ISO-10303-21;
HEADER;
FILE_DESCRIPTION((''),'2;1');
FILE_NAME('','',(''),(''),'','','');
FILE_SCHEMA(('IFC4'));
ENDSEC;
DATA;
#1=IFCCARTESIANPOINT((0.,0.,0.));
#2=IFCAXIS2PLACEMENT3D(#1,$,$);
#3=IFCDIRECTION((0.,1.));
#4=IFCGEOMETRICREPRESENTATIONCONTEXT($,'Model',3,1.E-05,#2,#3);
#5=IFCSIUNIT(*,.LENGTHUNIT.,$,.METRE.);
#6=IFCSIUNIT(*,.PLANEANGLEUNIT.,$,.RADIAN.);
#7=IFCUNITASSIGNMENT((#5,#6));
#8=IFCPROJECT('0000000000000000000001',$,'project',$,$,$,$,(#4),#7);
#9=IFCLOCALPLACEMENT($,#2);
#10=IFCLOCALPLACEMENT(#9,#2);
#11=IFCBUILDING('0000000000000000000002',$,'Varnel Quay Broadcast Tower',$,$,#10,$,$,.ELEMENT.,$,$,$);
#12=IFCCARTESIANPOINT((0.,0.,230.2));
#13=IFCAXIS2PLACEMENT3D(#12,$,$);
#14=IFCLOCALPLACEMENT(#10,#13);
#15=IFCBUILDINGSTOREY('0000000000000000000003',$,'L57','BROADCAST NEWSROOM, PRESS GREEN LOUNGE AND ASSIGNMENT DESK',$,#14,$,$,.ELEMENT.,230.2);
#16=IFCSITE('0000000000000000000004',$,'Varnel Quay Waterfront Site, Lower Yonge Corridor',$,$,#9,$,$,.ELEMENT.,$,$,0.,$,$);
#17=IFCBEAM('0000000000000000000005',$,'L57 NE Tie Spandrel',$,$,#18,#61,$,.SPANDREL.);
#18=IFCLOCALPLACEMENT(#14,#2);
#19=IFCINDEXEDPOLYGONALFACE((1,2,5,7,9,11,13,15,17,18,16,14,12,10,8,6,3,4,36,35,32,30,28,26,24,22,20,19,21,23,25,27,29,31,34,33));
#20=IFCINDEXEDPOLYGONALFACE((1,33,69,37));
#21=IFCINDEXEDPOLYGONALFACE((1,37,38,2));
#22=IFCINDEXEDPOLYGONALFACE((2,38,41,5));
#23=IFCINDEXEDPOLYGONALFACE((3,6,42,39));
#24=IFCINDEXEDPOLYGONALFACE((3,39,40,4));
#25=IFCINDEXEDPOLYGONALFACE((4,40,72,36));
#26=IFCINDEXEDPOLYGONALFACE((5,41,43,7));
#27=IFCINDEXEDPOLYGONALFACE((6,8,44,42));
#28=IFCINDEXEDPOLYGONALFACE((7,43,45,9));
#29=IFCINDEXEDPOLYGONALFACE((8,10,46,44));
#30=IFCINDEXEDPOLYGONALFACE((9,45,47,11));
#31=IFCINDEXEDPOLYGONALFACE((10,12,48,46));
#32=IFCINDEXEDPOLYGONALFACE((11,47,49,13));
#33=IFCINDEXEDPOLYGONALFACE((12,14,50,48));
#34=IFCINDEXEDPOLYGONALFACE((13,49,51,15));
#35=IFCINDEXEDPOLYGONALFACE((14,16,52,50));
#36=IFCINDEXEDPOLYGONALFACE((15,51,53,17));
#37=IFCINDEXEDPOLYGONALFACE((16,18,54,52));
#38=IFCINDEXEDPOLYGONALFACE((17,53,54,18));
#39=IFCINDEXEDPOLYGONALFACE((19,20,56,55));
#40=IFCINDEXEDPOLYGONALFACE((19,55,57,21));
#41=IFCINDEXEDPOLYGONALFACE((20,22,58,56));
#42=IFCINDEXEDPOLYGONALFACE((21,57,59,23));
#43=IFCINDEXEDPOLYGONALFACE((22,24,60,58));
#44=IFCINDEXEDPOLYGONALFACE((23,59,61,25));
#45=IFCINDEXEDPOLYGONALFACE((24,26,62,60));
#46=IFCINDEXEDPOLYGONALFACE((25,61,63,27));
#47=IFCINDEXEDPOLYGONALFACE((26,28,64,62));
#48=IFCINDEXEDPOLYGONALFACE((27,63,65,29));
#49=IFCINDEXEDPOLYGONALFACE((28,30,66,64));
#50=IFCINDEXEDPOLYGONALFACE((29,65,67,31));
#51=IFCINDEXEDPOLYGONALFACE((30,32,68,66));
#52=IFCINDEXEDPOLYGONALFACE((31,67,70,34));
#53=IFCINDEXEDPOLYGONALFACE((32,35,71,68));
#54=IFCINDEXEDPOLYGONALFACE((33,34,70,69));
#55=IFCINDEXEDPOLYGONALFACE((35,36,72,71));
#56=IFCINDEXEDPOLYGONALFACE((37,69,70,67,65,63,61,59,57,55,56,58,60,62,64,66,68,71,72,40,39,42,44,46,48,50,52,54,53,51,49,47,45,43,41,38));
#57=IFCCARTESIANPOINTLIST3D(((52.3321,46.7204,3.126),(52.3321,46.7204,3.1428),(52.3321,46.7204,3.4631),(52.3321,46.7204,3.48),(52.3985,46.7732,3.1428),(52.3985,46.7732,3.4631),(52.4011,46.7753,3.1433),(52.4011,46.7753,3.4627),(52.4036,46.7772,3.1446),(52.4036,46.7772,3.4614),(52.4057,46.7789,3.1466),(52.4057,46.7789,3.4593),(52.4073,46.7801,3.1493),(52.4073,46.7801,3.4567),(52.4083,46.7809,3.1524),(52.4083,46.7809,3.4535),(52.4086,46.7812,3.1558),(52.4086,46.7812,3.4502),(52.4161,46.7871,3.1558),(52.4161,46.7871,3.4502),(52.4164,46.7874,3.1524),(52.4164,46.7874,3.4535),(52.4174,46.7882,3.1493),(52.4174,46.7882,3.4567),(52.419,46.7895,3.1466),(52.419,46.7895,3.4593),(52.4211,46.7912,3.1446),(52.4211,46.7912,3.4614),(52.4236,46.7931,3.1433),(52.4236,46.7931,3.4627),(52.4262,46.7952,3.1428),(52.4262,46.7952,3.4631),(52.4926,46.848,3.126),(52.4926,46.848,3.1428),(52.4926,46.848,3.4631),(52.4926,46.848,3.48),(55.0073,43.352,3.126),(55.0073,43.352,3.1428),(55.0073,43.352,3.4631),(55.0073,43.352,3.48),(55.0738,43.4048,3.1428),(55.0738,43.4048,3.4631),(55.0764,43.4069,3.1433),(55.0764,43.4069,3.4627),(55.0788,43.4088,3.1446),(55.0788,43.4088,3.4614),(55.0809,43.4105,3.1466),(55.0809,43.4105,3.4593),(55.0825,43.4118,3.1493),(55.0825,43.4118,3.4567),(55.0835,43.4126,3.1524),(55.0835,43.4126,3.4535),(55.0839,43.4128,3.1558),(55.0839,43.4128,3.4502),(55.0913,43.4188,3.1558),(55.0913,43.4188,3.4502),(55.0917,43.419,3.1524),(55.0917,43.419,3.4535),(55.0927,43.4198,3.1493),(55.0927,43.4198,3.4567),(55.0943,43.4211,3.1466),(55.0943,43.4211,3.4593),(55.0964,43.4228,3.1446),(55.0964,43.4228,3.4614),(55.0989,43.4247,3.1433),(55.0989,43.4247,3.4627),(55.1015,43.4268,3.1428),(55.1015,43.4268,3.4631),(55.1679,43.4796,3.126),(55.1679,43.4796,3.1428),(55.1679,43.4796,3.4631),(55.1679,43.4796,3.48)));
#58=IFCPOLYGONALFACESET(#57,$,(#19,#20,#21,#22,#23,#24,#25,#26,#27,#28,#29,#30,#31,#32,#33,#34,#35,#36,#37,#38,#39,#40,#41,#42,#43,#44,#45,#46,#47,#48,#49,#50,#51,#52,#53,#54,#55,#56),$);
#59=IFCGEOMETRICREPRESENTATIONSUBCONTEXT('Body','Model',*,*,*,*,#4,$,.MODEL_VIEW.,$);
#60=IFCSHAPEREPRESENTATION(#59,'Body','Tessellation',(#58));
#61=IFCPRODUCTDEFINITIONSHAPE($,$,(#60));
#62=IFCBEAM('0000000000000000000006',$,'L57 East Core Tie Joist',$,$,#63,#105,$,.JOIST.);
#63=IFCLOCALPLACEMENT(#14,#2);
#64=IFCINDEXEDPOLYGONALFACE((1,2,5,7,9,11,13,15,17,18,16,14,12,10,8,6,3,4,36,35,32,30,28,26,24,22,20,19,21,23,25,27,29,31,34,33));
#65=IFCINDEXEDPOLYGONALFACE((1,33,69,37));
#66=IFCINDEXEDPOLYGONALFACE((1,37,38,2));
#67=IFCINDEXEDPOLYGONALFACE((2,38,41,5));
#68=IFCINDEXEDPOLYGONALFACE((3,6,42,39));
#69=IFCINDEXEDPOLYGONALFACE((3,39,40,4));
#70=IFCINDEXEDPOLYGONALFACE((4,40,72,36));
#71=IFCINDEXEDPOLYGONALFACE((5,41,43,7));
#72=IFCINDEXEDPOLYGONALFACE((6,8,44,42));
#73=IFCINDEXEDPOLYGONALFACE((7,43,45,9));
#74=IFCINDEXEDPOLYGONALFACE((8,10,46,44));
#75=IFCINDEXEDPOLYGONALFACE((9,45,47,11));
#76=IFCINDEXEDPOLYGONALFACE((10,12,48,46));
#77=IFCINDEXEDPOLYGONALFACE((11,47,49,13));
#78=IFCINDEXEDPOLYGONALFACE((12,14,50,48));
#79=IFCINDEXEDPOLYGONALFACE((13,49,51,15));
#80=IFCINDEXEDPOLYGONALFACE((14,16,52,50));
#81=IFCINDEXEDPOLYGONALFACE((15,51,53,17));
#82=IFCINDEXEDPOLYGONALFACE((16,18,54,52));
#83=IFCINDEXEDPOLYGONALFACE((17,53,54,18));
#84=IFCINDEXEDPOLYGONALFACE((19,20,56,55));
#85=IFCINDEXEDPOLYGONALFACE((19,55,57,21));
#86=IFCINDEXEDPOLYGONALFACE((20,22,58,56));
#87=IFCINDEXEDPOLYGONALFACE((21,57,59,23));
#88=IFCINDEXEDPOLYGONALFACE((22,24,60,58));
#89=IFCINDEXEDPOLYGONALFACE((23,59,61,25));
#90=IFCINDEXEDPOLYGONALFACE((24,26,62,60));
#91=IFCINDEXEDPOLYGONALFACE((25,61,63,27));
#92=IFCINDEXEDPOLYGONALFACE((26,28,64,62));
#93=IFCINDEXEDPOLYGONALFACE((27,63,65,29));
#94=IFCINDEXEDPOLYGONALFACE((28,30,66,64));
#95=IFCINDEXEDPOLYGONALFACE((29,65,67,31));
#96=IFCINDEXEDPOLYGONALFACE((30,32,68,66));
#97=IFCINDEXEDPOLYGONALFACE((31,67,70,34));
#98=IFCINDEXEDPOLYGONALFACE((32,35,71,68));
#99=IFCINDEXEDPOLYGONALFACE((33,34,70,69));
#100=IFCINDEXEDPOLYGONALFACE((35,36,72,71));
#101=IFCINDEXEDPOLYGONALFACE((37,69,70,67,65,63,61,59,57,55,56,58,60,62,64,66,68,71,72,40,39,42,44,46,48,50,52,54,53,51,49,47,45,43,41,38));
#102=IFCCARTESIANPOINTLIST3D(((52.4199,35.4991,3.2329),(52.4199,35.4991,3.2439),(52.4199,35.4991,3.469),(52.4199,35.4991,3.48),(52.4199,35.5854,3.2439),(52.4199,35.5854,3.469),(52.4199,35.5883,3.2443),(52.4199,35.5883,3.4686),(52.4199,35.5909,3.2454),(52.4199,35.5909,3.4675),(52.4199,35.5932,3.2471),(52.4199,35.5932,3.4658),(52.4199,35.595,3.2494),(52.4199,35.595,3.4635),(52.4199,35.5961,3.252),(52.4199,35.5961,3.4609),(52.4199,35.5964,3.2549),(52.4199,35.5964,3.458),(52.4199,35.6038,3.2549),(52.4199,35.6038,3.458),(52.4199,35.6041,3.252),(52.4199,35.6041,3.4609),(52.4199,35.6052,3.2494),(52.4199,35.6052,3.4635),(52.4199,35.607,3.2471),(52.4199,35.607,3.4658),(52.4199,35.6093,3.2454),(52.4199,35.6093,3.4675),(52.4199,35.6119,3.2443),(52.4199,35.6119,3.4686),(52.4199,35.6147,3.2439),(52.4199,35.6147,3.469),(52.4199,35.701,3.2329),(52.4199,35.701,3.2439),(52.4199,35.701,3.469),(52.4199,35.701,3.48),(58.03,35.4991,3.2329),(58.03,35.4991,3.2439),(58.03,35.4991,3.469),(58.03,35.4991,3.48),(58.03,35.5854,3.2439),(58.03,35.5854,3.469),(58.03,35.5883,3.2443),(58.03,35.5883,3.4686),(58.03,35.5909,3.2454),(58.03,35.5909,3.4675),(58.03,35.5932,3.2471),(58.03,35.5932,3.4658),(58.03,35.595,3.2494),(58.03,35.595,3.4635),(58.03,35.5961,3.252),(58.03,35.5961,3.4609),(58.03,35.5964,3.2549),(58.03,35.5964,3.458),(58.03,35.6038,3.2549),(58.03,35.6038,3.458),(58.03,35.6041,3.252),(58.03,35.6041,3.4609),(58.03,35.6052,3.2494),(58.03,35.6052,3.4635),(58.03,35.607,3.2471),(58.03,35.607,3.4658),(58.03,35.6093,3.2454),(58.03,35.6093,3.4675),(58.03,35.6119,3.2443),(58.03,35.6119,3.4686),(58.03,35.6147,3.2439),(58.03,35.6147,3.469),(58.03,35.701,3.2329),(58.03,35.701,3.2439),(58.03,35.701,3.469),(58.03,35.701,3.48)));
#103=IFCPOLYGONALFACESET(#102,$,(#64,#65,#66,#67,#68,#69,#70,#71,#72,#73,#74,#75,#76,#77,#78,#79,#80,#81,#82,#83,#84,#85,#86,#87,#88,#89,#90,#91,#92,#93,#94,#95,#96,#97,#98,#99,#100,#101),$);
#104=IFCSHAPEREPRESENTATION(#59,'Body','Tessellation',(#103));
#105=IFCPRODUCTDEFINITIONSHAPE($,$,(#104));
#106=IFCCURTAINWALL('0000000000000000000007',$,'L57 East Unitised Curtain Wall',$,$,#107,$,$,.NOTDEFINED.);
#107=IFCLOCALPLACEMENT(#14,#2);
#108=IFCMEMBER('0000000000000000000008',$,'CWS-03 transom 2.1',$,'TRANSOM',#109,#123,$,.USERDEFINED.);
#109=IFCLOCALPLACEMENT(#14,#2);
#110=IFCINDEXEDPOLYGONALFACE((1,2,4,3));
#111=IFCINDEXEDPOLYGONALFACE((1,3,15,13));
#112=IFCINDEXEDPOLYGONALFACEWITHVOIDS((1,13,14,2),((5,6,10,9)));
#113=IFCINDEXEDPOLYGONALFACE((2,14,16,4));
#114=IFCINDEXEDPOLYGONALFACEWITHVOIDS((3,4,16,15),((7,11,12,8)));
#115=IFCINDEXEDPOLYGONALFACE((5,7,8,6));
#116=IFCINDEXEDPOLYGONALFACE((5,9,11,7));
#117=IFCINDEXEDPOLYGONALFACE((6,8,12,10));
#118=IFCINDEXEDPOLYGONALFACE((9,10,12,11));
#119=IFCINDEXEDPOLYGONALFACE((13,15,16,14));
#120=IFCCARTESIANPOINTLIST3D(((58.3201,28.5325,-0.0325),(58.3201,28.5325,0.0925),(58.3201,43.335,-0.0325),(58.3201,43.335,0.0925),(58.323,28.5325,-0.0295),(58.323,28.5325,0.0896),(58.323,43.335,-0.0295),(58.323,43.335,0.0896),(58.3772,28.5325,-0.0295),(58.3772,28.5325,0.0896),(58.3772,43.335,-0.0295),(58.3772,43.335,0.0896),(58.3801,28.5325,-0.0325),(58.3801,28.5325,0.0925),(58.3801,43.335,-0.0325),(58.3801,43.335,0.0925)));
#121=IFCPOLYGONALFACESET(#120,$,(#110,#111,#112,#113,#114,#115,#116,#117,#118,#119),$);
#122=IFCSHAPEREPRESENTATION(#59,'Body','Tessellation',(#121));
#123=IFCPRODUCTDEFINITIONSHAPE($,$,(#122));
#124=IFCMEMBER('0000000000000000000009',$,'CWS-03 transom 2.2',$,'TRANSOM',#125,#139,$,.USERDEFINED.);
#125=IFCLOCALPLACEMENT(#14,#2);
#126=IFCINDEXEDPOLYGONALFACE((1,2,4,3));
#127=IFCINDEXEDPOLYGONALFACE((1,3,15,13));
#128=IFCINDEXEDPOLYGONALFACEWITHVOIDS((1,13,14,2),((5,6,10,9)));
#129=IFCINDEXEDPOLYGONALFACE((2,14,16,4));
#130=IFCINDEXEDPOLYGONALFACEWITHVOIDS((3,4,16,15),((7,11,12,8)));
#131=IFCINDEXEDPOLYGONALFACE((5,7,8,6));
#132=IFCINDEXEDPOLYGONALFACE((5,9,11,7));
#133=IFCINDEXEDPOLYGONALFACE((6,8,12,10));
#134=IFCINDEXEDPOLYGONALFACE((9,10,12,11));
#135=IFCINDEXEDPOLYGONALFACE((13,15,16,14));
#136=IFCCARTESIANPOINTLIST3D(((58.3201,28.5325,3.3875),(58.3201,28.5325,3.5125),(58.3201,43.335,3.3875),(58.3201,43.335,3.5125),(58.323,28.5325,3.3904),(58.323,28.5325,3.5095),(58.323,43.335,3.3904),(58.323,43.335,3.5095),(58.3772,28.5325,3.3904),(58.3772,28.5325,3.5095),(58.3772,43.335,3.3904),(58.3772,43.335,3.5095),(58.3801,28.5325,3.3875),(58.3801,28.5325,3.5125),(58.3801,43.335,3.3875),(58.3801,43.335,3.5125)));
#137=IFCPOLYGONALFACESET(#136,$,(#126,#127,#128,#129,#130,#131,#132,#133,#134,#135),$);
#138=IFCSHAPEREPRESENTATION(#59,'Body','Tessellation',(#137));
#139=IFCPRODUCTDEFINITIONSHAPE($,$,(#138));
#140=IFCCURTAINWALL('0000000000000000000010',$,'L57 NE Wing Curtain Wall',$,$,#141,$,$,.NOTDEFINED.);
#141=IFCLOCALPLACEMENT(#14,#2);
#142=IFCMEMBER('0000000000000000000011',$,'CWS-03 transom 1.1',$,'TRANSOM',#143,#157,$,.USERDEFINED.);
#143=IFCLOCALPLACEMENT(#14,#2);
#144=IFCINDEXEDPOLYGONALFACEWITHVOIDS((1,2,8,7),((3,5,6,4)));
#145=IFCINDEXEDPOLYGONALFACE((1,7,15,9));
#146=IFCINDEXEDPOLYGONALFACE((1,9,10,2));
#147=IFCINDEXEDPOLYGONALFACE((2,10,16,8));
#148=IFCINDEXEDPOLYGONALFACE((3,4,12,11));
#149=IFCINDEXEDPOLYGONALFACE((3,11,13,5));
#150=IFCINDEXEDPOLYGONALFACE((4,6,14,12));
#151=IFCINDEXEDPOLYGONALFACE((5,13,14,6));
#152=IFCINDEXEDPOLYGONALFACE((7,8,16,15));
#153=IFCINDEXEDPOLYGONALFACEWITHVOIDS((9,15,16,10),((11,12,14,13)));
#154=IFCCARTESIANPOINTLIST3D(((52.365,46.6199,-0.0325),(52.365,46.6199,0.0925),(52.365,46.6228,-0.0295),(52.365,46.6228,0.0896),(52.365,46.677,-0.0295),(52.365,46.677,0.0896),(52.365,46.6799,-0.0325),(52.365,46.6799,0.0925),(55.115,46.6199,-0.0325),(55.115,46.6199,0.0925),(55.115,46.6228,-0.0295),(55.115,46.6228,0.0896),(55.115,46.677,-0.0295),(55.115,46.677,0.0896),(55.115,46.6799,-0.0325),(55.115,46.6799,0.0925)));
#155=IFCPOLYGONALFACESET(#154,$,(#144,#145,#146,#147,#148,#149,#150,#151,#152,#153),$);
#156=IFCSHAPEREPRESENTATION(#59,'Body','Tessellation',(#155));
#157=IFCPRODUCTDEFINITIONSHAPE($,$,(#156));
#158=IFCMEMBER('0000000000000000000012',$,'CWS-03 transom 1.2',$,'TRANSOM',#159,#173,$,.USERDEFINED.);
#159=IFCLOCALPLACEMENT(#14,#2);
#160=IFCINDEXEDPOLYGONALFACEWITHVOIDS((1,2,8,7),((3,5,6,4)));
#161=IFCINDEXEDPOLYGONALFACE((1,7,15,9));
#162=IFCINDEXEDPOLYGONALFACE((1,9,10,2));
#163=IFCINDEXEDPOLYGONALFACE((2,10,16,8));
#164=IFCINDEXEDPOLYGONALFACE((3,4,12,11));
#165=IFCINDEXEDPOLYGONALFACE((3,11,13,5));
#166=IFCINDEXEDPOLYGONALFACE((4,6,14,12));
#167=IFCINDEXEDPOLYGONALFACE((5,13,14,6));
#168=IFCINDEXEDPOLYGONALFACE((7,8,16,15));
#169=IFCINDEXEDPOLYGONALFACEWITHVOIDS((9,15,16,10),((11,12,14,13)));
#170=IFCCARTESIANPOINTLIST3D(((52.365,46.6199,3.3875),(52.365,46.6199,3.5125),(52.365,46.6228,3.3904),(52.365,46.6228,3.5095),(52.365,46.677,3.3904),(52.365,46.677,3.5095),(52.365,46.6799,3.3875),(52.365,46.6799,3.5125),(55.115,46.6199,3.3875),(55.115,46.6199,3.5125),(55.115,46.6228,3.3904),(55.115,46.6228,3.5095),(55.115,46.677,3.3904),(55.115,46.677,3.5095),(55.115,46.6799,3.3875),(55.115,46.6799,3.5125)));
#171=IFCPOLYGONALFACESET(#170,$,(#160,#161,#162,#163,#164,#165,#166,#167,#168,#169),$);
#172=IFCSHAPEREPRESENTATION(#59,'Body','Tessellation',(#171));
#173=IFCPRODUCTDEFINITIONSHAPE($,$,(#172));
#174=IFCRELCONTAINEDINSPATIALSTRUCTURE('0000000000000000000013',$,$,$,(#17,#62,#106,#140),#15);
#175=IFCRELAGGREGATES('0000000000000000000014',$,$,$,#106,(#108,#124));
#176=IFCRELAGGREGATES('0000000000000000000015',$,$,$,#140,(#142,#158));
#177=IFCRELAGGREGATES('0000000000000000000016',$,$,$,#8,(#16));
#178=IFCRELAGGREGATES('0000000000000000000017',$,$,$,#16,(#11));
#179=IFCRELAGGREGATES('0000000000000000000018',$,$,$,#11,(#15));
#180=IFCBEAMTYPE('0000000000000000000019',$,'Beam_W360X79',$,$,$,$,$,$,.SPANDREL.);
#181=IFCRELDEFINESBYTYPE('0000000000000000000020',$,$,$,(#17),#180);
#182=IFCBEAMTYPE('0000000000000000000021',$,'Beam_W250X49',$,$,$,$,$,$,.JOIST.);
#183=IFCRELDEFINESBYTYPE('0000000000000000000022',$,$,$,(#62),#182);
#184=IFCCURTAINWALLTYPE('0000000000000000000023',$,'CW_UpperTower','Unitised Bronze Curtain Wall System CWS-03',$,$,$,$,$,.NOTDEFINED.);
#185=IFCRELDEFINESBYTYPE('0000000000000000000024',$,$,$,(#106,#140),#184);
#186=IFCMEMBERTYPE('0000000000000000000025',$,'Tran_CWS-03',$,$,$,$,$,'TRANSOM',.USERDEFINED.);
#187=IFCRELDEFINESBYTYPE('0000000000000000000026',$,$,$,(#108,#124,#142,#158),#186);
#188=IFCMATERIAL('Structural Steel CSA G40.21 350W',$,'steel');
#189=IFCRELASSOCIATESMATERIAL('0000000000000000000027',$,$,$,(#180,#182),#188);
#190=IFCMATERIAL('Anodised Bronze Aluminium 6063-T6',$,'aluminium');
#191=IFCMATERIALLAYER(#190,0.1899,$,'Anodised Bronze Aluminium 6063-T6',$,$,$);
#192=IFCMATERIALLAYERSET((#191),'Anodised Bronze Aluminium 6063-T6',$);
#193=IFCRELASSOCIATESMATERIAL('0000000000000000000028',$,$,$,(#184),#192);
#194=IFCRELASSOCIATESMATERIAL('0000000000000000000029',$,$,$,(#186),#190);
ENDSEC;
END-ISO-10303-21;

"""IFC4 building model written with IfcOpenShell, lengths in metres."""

from ifc_helpers import new_model, si_unit, direction, frame, origin, origin_2d, place, context, subcontext, project, spatial, hollow_rectangle, i_section, extrude, source, transform, mapped, material, layer, layer_set, material_profile, profile_set, type_object, type_shapes, element, aggregate, save


model = new_model("IFC4")

# Units and contexts
model_context = context("Model", 3, precision=1e-05, world=origin(), true_north=direction((0.0, 1.0)))
body_context = subcontext(model_context, "Body", "Model", "MODEL_VIEW")
ifc_project = project(units=[si_unit("LENGTHUNIT", "METRE"), si_unit("PLANEANGLEUNIT", "RADIAN")], contexts=[model_context])

# Site, building, storey
site_placement = place(None, origin())
site = spatial("IfcSite", under=ifc_project, at=site_placement, Name="Varnel Quay Waterfront Site, Lower Yonge Corridor", CompositionType="ELEMENT", RefElevation=0.0)
building_placement = place(site_placement, origin())
building = spatial("IfcBuilding", under=site, at=building_placement, Name="Varnel Quay Broadcast Tower", CompositionType="ELEMENT")
storey_placement = place(building_placement, frame((0.0, 0.0, 230.2)))
storey = spatial("IfcBuildingStorey", under=building, at=storey_placement, Name="L57", Description="BROADCAST NEWSROOM, PRESS GREEN LOUNGE AND ASSIGNMENT DESK", CompositionType="ELEMENT", Elevation=230.2)

# Shared definitions
ifc_material_1 = material(Name="Structural Steel CSA G40.21 350W", Category="steel")

# Beams
ifc_material_profile_1 = material_profile(ifc_material_1, i_section(OverallWidth=0.2051, OverallDepth=0.354, WebThickness=0.0095, FlangeThickness=0.0168, FilletRadius=0.0129, at=origin_2d()), Name="W360X79")
ifc_profile_set_1 = profile_set([ifc_material_profile_1], Name="Structural Steel CSA G40.21 350W")
beam_type_1 = type_object("IfcBeamType", Name="Beam_W360X79", PredefinedType="SPANDREL", material=ifc_profile_set_1)
shared_shape_1 = source(origin(), body_context, "Body", "SweptSolid", [
    extrude(i_section(OverallWidth=0.2051, OverallDepth=0.354, WebThickness=0.0095, FlangeThickness=0.0168, FilletRadius=0.0129, at=origin_2d()), origin(), (0.0, 0.0, 1.0), 4.3015),
])
beam_1_placement = place(storey_placement, frame((52.4124, 46.7842, 3.303), z_axis=(0.621936, -0.783068, 0.0), x_axis=(0.783068, 0.621936, 0.0)))
element("IfcBeam", 1, at=beam_1_placement, inside=storey, type_object=beam_type_1, Name="L57 NE Tie Spandrel", PredefinedType="SPANDREL", context=body_context, shape_type="MappedRepresentation", body=[
    mapped(shared_shape_1, transform((0.0, 0.0, 0.0), x_axis=(1.0, 0.0, 0.0), y_axis=(0.0, 1.0, 0.0), z_axis=(0.0, 0.0, 1.0), scale=1.0)),
])
ifc_material_profile_2 = material_profile(ifc_material_1, i_section(OverallWidth=0.2019, OverallDepth=0.2471, WebThickness=0.0073, FlangeThickness=0.011, FilletRadius=0.011, at=origin_2d()), Name="W250X49")
ifc_profile_set_2 = profile_set([ifc_material_profile_2], Name="Structural Steel CSA G40.21 350W")
beam_type_2 = type_object("IfcBeamType", Name="Beam_W250X49", PredefinedType="JOIST", material=ifc_profile_set_2)
shared_shape_2 = source(origin(), body_context, "Body", "SweptSolid", [
    extrude(i_section(OverallWidth=0.2019, OverallDepth=0.2471, WebThickness=0.0073, FlangeThickness=0.011, FilletRadius=0.011, at=origin_2d()), origin(), (0.0, 0.0, 1.0), 5.6101),
])
type_shapes(beam_type_2, [shared_shape_2])
beam_2_placement = place(storey_placement, frame((52.4199, 35.6001, 3.3564), z_axis=(1.0, 0.0, 0.0), x_axis=(0.0, 1.0, 0.0)))
element("IfcBeam", 2, at=beam_2_placement, inside=storey, type_object=beam_type_2, Name="L57 East Core Tie Joist", PredefinedType="JOIST", context=body_context, shape_type="MappedRepresentation", body=[
    mapped(shared_shape_2, transform((0.0, 0.0, 0.0), x_axis=(1.0, 0.0, 0.0), y_axis=(0.0, 1.0, 0.0), z_axis=(0.0, 0.0, 1.0), scale=1.0)),
])

# Curtain walls, members
ifc_material_2 = material(Name="Anodised Bronze Aluminium 6063-T6", Category="aluminium")
ifc_layer_1 = layer(ifc_material_2, 0.1899, Name="Anodised Bronze Aluminium 6063-T6")
ifc_layer_set_1 = layer_set([ifc_layer_1], Name="Anodised Bronze Aluminium 6063-T6")
curtain_wall_type = type_object("IfcCurtainWallType", Name="CW_UpperTower", Description="Unitised Bronze Curtain Wall System CWS-03", PredefinedType="NOTDEFINED", material=ifc_layer_set_1)
curtain_wall_1_placement = place(storey_placement, origin())
curtain_wall_1 = element("IfcCurtainWall", 3, at=curtain_wall_1_placement, inside=storey, type_object=curtain_wall_type, Name="L57 East Unitised Curtain Wall", PredefinedType="NOTDEFINED")
ifc_material_profile_3 = material_profile(ifc_material_2, hollow_rectangle(XDim=0.0601, YDim=0.125, WallThickness=0.0029, at=origin_2d()), Name="ALU60X125X3")
ifc_profile_set_3 = profile_set([ifc_material_profile_3], Name="Anodised Bronze Aluminium 6063-T6")
member_type_1 = type_object("IfcMemberType", Name="Tran_CWS-03", ElementType="TRANSOM", PredefinedType="USERDEFINED", material=ifc_profile_set_3)
shared_shape_3 = source(origin(), body_context, "Body", "SweptSolid", [
    extrude(hollow_rectangle(XDim=0.0601, YDim=0.125, WallThickness=0.0029, at=origin_2d()), origin(), (0.0, 0.0, 1.0), 14.8025),
])
member_1_placement = place(storey_placement, frame((58.3501, 28.5325, 0.03), z_axis=(0.0, 1.0, 0.0), x_axis=(-1.0, 0.0, 0.0)))
member_1 = element("IfcMember", 4, at=member_1_placement, type_object=member_type_1, Name="CWS-03 transom 2.1", ObjectType="TRANSOM", PredefinedType="USERDEFINED", context=body_context, shape_type="MappedRepresentation", body=[
    mapped(shared_shape_3, transform((0.0, 0.0, 0.0), x_axis=(1.0, 0.0, 0.0), y_axis=(0.0, 1.0, 0.0), z_axis=(0.0, 0.0, 1.0), scale=1.0)),
])
member_2_placement = place(storey_placement, frame((58.3501, 28.5325, 3.45), z_axis=(0.0, 1.0, 0.0), x_axis=(-1.0, 0.0, 0.0)))
member_2 = element("IfcMember", 5, at=member_2_placement, type_object=member_type_1, Name="CWS-03 transom 2.2", ObjectType="TRANSOM", PredefinedType="USERDEFINED", context=body_context, shape_type="MappedRepresentation", body=[
    mapped(shared_shape_3, transform((0.0, 0.0, 0.0), x_axis=(1.0, 0.0, 0.0), y_axis=(0.0, 1.0, 0.0), z_axis=(0.0, 0.0, 1.0), scale=1.0)),
])
curtain_wall_2_placement = place(storey_placement, origin())
curtain_wall_2 = element("IfcCurtainWall", 6, at=curtain_wall_2_placement, inside=storey, type_object=curtain_wall_type, Name="L57 NE Wing Curtain Wall", PredefinedType="NOTDEFINED")
shared_shape_4 = source(origin(), body_context, "Body", "SweptSolid", [
    extrude(hollow_rectangle(XDim=0.0601, YDim=0.125, WallThickness=0.0029, at=origin_2d()), origin(), (0.0, 0.0, 1.0), 2.75),
])
type_shapes(member_type_1, [shared_shape_3, shared_shape_4])
member_3_placement = place(storey_placement, frame((52.365, 46.6499, 0.03), z_axis=(1.0, 0.0, 0.0), x_axis=(0.0, 1.0, 0.0)))
member_3 = element("IfcMember", 7, at=member_3_placement, type_object=member_type_1, Name="CWS-03 transom 1.1", ObjectType="TRANSOM", PredefinedType="USERDEFINED", context=body_context, shape_type="MappedRepresentation", body=[
    mapped(shared_shape_4, transform((0.0, 0.0, 0.0), x_axis=(1.0, 0.0, 0.0), y_axis=(0.0, 1.0, 0.0), z_axis=(0.0, 0.0, 1.0), scale=1.0)),
])
member_4_placement = place(storey_placement, frame((52.365, 46.6499, 3.45), z_axis=(1.0, 0.0, 0.0), x_axis=(0.0, 1.0, 0.0)))
member_4 = element("IfcMember", 8, at=member_4_placement, type_object=member_type_1, Name="CWS-03 transom 1.2", ObjectType="TRANSOM", PredefinedType="USERDEFINED", context=body_context, shape_type="MappedRepresentation", body=[
    mapped(shared_shape_4, transform((0.0, 0.0, 0.0), x_axis=(1.0, 0.0, 0.0), y_axis=(0.0, 1.0, 0.0), z_axis=(0.0, 0.0, 1.0), scale=1.0)),
])

aggregate(curtain_wall_1, [member_1, member_2])
aggregate(curtain_wall_2, [member_3, member_4])

save(model, "model.ifc")
